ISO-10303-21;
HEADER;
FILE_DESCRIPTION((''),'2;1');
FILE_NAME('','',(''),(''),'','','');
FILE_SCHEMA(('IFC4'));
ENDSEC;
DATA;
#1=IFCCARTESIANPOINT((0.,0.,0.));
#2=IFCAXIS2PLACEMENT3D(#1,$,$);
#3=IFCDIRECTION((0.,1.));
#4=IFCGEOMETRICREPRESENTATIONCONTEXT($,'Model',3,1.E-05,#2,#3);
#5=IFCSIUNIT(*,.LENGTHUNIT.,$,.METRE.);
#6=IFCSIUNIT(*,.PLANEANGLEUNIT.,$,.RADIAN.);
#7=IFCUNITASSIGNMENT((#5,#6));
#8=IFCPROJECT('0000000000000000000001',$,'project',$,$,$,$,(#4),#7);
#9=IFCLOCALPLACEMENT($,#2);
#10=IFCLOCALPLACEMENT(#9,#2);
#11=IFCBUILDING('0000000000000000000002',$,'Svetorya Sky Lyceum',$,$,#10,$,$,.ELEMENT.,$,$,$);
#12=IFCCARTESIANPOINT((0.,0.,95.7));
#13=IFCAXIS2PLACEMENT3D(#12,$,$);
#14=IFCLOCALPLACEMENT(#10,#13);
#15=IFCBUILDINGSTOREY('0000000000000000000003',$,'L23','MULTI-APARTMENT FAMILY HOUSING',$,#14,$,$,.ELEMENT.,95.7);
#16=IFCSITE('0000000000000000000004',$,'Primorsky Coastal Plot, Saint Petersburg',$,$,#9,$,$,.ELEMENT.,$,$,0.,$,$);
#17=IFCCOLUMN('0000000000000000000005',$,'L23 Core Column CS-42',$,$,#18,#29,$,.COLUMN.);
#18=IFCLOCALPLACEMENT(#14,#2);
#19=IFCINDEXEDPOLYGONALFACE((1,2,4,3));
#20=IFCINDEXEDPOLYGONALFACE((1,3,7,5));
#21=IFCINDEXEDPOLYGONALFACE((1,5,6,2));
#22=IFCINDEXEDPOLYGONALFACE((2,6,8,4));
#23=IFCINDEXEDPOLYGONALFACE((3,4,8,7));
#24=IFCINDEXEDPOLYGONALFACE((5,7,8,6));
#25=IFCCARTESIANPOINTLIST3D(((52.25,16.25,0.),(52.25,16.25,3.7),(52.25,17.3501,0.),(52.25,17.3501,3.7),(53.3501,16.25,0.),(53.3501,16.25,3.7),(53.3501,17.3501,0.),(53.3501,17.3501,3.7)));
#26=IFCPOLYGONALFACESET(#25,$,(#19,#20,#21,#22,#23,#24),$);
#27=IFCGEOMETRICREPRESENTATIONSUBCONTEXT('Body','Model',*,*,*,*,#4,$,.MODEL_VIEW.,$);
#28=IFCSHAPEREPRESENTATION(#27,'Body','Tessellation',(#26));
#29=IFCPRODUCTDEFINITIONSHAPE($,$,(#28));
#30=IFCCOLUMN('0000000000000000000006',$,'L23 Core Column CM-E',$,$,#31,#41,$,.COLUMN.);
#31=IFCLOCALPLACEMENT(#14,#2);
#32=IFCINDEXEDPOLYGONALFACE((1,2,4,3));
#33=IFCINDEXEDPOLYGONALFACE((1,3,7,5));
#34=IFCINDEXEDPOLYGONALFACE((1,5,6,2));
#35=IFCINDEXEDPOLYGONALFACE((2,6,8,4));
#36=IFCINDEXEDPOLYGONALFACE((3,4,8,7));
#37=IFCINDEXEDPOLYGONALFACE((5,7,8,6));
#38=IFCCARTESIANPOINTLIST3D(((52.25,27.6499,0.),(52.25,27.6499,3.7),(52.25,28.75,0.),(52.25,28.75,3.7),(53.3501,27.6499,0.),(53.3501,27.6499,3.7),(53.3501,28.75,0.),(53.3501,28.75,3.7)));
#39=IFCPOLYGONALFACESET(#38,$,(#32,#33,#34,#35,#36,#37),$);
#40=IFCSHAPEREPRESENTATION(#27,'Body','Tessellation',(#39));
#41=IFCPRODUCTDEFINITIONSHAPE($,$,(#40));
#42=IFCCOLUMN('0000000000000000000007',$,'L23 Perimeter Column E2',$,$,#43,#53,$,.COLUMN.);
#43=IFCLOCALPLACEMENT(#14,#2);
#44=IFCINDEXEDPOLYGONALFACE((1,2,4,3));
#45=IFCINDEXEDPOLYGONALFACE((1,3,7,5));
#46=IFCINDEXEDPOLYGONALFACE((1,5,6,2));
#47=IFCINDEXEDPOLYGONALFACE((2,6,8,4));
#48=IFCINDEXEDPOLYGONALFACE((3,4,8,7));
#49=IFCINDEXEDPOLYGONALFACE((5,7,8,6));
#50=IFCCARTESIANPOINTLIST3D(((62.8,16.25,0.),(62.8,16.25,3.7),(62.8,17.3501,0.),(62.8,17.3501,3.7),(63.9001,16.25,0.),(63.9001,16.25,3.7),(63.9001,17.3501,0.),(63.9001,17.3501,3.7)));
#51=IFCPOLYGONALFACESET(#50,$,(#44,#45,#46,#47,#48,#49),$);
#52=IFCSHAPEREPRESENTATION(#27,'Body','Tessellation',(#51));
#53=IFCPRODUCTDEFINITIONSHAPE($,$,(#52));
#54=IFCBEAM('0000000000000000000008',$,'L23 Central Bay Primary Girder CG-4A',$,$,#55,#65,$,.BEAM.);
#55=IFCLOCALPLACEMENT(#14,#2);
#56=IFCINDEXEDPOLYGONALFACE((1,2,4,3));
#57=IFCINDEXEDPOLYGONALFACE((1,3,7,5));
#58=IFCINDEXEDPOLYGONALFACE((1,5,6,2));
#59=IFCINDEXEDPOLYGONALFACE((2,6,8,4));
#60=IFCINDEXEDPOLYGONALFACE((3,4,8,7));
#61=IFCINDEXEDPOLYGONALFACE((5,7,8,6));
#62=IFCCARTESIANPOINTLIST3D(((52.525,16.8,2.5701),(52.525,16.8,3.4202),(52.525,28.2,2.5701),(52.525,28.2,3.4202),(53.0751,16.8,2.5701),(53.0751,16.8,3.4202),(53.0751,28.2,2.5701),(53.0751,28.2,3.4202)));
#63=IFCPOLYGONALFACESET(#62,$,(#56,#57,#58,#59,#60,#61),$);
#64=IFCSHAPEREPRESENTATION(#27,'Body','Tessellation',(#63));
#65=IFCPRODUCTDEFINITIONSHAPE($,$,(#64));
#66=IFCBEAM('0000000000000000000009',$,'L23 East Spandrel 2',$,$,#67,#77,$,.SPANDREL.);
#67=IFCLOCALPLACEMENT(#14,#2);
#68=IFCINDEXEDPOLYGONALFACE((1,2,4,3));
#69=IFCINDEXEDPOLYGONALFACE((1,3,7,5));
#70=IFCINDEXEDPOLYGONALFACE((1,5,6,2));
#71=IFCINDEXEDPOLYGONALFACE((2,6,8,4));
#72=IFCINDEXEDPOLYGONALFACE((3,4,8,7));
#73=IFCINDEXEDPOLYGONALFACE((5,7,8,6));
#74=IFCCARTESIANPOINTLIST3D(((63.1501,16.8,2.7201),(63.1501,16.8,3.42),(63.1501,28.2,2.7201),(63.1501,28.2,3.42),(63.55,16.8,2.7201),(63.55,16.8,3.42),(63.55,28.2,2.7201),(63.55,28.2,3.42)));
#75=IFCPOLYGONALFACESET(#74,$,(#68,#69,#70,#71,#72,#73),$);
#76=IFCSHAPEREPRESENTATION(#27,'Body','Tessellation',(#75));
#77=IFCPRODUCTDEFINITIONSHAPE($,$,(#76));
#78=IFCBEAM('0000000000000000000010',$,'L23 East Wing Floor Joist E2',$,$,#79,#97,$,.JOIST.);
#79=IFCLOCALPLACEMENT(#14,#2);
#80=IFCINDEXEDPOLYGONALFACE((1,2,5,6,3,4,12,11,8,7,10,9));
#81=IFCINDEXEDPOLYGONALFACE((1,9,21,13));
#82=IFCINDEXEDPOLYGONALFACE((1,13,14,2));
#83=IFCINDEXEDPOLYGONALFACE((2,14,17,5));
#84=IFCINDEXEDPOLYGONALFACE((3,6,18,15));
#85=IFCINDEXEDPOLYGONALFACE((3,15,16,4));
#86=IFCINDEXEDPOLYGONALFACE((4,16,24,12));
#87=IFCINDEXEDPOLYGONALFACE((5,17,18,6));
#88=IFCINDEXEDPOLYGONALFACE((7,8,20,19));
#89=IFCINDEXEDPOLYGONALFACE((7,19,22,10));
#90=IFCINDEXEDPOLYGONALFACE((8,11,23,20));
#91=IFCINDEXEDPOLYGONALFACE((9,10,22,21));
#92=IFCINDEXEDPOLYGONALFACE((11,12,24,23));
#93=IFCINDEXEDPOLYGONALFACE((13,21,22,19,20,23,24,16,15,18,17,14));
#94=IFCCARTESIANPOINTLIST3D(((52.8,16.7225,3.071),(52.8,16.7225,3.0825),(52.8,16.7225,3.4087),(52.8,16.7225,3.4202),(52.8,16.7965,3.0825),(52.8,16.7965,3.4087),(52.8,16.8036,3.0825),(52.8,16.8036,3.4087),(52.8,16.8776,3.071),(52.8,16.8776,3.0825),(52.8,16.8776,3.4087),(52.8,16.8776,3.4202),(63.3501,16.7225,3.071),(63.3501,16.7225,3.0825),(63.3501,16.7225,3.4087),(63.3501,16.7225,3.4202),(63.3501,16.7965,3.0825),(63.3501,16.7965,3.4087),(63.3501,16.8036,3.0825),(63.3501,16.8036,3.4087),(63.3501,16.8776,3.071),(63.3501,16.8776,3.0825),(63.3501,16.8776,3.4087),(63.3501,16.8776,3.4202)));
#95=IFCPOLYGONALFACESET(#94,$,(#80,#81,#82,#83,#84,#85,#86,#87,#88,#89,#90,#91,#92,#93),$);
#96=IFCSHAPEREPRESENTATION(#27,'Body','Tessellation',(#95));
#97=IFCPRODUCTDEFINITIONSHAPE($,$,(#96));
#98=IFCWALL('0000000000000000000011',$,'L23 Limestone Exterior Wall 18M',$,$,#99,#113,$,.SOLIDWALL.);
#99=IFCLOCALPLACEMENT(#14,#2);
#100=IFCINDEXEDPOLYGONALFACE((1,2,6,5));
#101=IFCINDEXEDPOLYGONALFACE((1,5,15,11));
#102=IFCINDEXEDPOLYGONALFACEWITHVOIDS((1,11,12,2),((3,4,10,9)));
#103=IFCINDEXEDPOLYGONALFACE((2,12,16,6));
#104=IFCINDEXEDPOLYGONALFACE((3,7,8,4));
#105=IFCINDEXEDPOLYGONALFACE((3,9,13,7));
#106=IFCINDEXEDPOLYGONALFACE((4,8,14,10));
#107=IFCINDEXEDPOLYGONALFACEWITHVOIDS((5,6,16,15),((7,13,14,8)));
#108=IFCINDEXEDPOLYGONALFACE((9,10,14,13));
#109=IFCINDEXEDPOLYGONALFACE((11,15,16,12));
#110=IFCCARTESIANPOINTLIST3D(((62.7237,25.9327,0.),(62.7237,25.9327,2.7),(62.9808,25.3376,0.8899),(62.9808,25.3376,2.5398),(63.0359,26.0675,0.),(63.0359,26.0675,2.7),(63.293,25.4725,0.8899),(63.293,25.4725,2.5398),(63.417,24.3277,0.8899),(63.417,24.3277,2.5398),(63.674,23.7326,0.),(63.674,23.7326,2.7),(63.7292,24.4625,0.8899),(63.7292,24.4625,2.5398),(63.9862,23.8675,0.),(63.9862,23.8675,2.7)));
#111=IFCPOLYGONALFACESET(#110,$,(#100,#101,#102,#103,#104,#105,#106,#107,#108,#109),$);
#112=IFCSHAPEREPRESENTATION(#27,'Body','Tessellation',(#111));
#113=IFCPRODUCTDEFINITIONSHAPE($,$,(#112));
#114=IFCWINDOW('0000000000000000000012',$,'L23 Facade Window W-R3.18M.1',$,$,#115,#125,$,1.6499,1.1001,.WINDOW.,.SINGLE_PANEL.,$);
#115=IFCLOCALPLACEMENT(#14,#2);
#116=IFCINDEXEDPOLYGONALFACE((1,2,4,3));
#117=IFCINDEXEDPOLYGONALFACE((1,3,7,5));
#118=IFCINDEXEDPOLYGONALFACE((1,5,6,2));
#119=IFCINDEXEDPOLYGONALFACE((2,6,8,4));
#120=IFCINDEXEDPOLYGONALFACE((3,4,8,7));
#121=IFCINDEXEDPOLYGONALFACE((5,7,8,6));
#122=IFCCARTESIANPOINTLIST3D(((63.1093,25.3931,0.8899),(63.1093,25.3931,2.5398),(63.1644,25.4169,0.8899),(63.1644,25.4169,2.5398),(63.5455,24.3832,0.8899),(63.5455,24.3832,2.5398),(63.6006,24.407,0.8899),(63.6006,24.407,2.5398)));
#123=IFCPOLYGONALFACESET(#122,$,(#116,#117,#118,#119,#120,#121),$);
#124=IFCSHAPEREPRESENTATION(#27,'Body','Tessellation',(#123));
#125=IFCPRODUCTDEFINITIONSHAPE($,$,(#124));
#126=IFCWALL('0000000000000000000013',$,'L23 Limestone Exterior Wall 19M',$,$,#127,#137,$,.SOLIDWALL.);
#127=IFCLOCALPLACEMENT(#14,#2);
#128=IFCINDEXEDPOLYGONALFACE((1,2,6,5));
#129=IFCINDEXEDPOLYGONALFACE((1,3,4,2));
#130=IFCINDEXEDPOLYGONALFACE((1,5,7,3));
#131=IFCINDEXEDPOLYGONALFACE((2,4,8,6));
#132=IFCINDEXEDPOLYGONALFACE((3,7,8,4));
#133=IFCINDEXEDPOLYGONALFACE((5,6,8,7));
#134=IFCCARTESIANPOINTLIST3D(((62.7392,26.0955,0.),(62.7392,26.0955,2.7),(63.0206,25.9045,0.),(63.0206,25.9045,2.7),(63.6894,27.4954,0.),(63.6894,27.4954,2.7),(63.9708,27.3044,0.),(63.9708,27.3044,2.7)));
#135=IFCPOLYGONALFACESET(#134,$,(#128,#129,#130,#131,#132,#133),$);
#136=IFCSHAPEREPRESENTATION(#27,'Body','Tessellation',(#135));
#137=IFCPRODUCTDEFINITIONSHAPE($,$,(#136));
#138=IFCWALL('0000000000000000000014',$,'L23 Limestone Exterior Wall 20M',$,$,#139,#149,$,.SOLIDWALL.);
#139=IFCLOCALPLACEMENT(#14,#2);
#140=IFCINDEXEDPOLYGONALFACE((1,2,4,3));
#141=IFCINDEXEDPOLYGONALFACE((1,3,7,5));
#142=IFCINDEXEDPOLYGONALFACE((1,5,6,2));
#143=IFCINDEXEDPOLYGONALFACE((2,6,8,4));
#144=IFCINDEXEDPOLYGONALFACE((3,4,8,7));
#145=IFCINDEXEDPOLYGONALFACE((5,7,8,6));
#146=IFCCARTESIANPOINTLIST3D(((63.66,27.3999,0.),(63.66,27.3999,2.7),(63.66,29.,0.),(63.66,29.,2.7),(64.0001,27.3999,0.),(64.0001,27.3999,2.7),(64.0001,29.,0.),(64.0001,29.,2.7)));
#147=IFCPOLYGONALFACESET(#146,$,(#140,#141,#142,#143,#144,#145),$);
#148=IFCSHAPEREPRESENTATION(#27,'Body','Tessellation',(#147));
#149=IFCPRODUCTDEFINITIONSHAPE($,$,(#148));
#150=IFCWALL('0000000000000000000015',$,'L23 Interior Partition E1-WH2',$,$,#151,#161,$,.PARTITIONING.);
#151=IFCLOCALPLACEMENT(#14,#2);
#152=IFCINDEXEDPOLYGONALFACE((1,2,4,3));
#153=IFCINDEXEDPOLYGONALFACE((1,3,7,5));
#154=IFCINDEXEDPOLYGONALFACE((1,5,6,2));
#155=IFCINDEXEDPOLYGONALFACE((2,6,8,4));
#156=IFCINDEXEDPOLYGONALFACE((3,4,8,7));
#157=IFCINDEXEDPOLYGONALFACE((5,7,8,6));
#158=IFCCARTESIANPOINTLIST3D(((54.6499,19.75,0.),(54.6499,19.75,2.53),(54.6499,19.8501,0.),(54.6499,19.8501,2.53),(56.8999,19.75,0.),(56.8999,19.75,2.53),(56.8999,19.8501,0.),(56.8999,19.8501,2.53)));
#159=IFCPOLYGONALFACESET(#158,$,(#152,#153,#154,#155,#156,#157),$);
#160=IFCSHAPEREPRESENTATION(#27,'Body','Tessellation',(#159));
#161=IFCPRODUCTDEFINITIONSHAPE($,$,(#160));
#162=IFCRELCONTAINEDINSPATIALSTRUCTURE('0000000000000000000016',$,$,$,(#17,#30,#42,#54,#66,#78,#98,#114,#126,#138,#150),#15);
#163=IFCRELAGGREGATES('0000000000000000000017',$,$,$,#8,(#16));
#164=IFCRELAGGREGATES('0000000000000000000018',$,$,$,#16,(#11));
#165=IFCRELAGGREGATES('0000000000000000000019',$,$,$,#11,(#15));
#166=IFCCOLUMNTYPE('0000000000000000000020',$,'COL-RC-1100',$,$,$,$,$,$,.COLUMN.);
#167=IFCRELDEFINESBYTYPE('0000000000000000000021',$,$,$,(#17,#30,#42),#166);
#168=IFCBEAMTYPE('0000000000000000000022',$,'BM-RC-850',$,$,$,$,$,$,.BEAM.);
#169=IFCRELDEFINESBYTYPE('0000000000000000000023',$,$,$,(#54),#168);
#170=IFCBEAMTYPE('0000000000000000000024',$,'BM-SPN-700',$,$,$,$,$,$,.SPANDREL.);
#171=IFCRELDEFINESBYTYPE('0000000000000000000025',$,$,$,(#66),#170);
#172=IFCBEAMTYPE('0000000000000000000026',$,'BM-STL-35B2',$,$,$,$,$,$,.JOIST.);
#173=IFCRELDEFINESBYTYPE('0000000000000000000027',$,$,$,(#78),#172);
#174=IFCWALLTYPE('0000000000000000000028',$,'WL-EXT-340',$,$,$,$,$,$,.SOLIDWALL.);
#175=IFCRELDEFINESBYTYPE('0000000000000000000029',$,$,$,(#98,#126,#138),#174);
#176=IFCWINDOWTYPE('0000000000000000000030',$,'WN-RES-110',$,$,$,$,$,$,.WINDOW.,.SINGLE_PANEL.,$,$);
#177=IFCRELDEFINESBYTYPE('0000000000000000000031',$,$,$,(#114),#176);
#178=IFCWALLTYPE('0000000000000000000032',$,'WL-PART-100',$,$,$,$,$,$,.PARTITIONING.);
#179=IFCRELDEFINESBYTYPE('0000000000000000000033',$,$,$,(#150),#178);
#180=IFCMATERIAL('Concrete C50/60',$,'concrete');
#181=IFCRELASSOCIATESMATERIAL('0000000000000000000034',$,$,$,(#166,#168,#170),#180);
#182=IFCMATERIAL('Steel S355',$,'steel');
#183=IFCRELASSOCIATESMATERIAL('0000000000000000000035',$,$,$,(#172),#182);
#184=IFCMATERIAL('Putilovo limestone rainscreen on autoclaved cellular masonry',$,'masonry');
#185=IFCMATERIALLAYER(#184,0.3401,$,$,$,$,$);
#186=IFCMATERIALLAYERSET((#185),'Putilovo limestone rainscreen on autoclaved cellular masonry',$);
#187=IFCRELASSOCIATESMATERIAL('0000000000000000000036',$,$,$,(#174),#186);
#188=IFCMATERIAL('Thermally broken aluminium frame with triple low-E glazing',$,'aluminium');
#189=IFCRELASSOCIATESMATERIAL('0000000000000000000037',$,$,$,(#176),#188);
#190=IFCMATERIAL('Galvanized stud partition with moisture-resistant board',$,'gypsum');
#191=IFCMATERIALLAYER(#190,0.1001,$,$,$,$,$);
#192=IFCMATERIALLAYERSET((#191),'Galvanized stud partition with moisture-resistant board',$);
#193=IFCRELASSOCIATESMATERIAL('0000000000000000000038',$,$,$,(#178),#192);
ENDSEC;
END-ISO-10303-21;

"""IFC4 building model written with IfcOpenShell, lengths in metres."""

from ifc_helpers import new_model, si_unit, direction, frame, frame_2d, origin, origin_2d, place, context, subcontext, project, spatial, rectangle, i_section, extrude, material, layer, layer_set, material_profile, profile_set, type_object, element, fill, save


model = new_model("IFC4")

# Units and contexts
model_context = context("Model", 3, precision=1e-05, world=origin(), true_north=direction((0.0, 1.0)))
body_context = subcontext(model_context, "Body", "Model", "MODEL_VIEW")
ifc_project = project(units=[si_unit("LENGTHUNIT", "METRE"), si_unit("PLANEANGLEUNIT", "RADIAN")], contexts=[model_context])

# Site, building, storey
site_placement = place(None, origin())
site = spatial("IfcSite", under=ifc_project, at=site_placement, Name="Primorsky Coastal Plot, Saint Petersburg", CompositionType="ELEMENT", RefElevation=0.0)
building_placement = place(site_placement, origin())
building = spatial("IfcBuilding", under=site, at=building_placement, Name="Svetorya Sky Lyceum", CompositionType="ELEMENT")
storey_placement = place(building_placement, frame((0.0, 0.0, 95.7)))
storey = spatial("IfcBuildingStorey", under=building, at=storey_placement, Name="L23", Description="MULTI-APARTMENT FAMILY HOUSING", CompositionType="ELEMENT", Elevation=95.7)

# Columns
ifc_material_1 = material(Name="Concrete C50/60", Category="concrete")
ifc_material_profile_1 = material_profile(ifc_material_1, rectangle(XDim=1.1001, YDim=1.1001, at=origin_2d()), Name="RC COL 1100x1100")
ifc_profile_set_1 = profile_set([ifc_material_profile_1], Name="Concrete C50/60")
column_type = type_object("IfcColumnType", Name="COL-RC-1100", PredefinedType="COLUMN", material=ifc_profile_set_1)
for number, where, z_axis, x_axis, name in (
    (1, (52.8, 16.8, 0.0), (0.0, 0.0, 1.0), (1.0, 0.0, 0.0), "L23 Core Column CS-42"),
    (2, (52.8, 28.2, 0.0), (0.0, 0.0, 1.0), (1.0, 0.0, 0.0), "L23 Core Column CM-E"),
    (3, (63.3501, 16.8, 0.0), (0.0, 0.0, 1.0), (1.0, 0.0, 0.0), "L23 Perimeter Column E2"),
):
    element("IfcColumn", number, at=place(storey_placement, frame(where, z_axis=z_axis, x_axis=x_axis)), inside=storey, type_object=column_type, Name=name, PredefinedType="COLUMN", context=body_context, shape_type="SweptSolid", body=[
        extrude(rectangle(XDim=1.1001, YDim=1.1001, at=origin_2d()), origin(), (0.0, 0.0, 1.0), 3.7),
    ])

# Beams
ifc_material_profile_2 = material_profile(ifc_material_1, rectangle(XDim=0.55, YDim=0.8501, at=origin_2d()), Name="RC BEAM 550x850")
ifc_profile_set_2 = profile_set([ifc_material_profile_2], Name="Concrete C50/60")
beam_type_1 = type_object("IfcBeamType", Name="BM-RC-850", PredefinedType="BEAM", material=ifc_profile_set_2)
beam_1_placement = place(storey_placement, frame((52.8, 16.8, 2.9951), z_axis=(0.0, 1.0, 0.0), x_axis=(-1.0, 0.0, 0.0)))
element("IfcBeam", 4, at=beam_1_placement, inside=storey, type_object=beam_type_1, Name="L23 Central Bay Primary Girder CG-4A", PredefinedType="BEAM", context=body_context, shape_type="SweptSolid", body=[
    extrude(rectangle(XDim=0.55, YDim=0.8501, at=origin_2d()), origin(), (0.0, 0.0, 1.0), 11.3999),
])
ifc_material_profile_3 = material_profile(ifc_material_1, rectangle(XDim=0.3999, YDim=0.7, at=origin_2d()), Name="RC SPANDREL 400x700")
ifc_profile_set_3 = profile_set([ifc_material_profile_3], Name="Concrete C50/60")
beam_type_2 = type_object("IfcBeamType", Name="BM-SPN-700", PredefinedType="SPANDREL", material=ifc_profile_set_3)
beam_2_placement = place(storey_placement, frame((63.3501, 16.8, 3.0701), z_axis=(0.0, 1.0, 0.0), x_axis=(-1.0, 0.0, 0.0)))
element("IfcBeam", 5, at=beam_2_placement, inside=storey, type_object=beam_type_2, Name="L23 East Spandrel 2", PredefinedType="SPANDREL", context=body_context, shape_type="SweptSolid", body=[
    extrude(rectangle(XDim=0.3999, YDim=0.7, at=origin_2d()), origin(), (0.0, 0.0, 1.0), 11.3999),
])
ifc_material_2 = material(Name="Steel S355", Category="steel")
ifc_material_profile_4 = material_profile(ifc_material_2, i_section(OverallWidth=0.155, OverallDepth=0.3491, WebThickness=0.0071, FlangeThickness=0.0115, at=origin_2d()), Name="GOST 35B2")
ifc_profile_set_4 = profile_set([ifc_material_profile_4], Name="Steel S355")
beam_type_3 = type_object("IfcBeamType", Name="BM-STL-35B2", PredefinedType="JOIST", material=ifc_profile_set_4)
beam_3_placement = place(storey_placement, frame((52.8, 16.8, 3.2456), z_axis=(1.0, 0.0, 0.0), x_axis=(0.0, 1.0, 0.0)))
element("IfcBeam", 6, at=beam_3_placement, inside=storey, type_object=beam_type_3, Name="L23 East Wing Floor Joist E2", PredefinedType="JOIST", context=body_context, shape_type="SweptSolid", body=[
    extrude(i_section(OverallWidth=0.155, OverallDepth=0.3491, WebThickness=0.0071, FlangeThickness=0.0115, at=origin_2d()), origin(), (0.0, 0.0, 1.0), 10.55),
])

# Wall, opening, window
ifc_material_3 = material(Name="Putilovo limestone rainscreen on autoclaved cellular masonry", Category="masonry")
ifc_layer_1 = layer(ifc_material_3, 0.3401)
ifc_layer_set_1 = layer_set([ifc_layer_1], Name="Putilovo limestone rainscreen on autoclaved cellular masonry")
wall_type_1 = type_object("IfcWallType", Name="WL-EXT-340", PredefinedType="SOLIDWALL", material=ifc_layer_set_1)
wall_1_placement = place(storey_placement, frame((63.8301, 23.8, 0.0), z_axis=(0.0, 0.0, 1.0), x_axis=(-0.396512, 0.918029, 0.0)))
wall_1 = element("IfcWall", 7, at=wall_1_placement, inside=storey, type_object=wall_type_1, Name="L23 Limestone Exterior Wall 18M", PredefinedType="SOLIDWALL", context=body_context, shape_type="SweptSolid", body=[
    extrude(rectangle(XDim=2.3965, YDim=0.3401, at=frame_2d((1.1982, 0.0))), origin(), (0.0, 0.0, 1.0), 2.7),
])
opening_1_placement = place(wall_1_placement, frame((0.6482, 0.0, 0.8899)))
opening_1 = element("IfcOpeningElement", 8, at=opening_1_placement, cuts=wall_1, PredefinedType="OPENING", context=body_context, shape_type="SweptSolid", body=[
    extrude(rectangle(XDim=1.1001, YDim=1.6499, at=frame_2d((0.55, 0.825))), frame((0.0, 0.1799, 0.0), z_axis=(0.0, -1.0, 0.0), x_axis=(1.0, 0.0, 0.0)), (0.0, 0.0, 1.0), 0.3601),
])
ifc_material_4 = material(Name="Thermally broken aluminium frame with triple low-E glazing", Category="aluminium")
window_type = type_object("IfcWindowType", Name="WN-RES-110", PartitioningType="SINGLE_PANEL", PredefinedType="WINDOW", material=ifc_material_4)
window_placement = place(opening_1_placement, origin())
window = element("IfcWindow", 9, at=window_placement, inside=storey, type_object=window_type, Name="L23 Facade Window W-R3.18M.1", OverallHeight=1.6499, OverallWidth=1.1001, PartitioningType="SINGLE_PANEL", PredefinedType="WINDOW", context=body_context, shape_type="SweptSolid", body=[
    extrude(rectangle(XDim=1.1001, YDim=1.6499, at=frame_2d((0.55, 0.825))), frame((0.0, 0.03, 0.0), z_axis=(0.0, -1.0, 0.0), x_axis=(1.0, 0.0, 0.0)), (0.0, 0.0, 1.0), 0.0601),
])
fill(opening_1, window)

# Walls
wall_2_placement = place(storey_placement, frame((62.8799, 26.0, 0.0), z_axis=(0.0, 0.0, 1.0), x_axis=(0.561607, 0.827404, 0.0)))
element("IfcWall", 10, at=wall_2_placement, inside=storey, type_object=wall_type_1, Name="L23 Limestone Exterior Wall 19M", PredefinedType="SOLIDWALL", context=body_context, shape_type="SweptSolid", body=[
    extrude(rectangle(XDim=1.6919, YDim=0.3401, at=frame_2d((0.8459, 0.0))), origin(), (0.0, 0.0, 1.0), 2.7),
])
wall_3_placement = place(storey_placement, frame((63.8301, 27.3999, 0.0), z_axis=(0.0, 0.0, 1.0), x_axis=(0.0, 1.0, 0.0)))
element("IfcWall", 11, at=wall_3_placement, inside=storey, type_object=wall_type_1, Name="L23 Limestone Exterior Wall 20M", PredefinedType="SOLIDWALL", context=body_context, shape_type="SweptSolid", body=[
    extrude(rectangle(XDim=1.6001, YDim=0.3401, at=frame_2d((0.8, 0.0))), origin(), (0.0, 0.0, 1.0), 2.7),
])
ifc_material_5 = material(Name="Galvanized stud partition with moisture-resistant board", Category="gypsum")
ifc_layer_2 = layer(ifc_material_5, 0.1001)
ifc_layer_set_2 = layer_set([ifc_layer_2], Name="Galvanized stud partition with moisture-resistant board")
wall_type_2 = type_object("IfcWallType", Name="WL-PART-100", PredefinedType="PARTITIONING", material=ifc_layer_set_2)
wall_4_placement = place(storey_placement, frame((54.6499, 19.8, 0.0), z_axis=(0.0, 0.0, 1.0), x_axis=(1.0, 0.0, 0.0)))
element("IfcWall", 12, at=wall_4_placement, inside=storey, type_object=wall_type_2, Name="L23 Interior Partition E1-WH2", PredefinedType="PARTITIONING", context=body_context, shape_type="SweptSolid", body=[
    extrude(rectangle(XDim=2.25, YDim=0.1001, at=frame_2d((1.125, 0.0))), origin(), (0.0, 0.0, 1.0), 2.53),
])

save(model, "model.ifc")
